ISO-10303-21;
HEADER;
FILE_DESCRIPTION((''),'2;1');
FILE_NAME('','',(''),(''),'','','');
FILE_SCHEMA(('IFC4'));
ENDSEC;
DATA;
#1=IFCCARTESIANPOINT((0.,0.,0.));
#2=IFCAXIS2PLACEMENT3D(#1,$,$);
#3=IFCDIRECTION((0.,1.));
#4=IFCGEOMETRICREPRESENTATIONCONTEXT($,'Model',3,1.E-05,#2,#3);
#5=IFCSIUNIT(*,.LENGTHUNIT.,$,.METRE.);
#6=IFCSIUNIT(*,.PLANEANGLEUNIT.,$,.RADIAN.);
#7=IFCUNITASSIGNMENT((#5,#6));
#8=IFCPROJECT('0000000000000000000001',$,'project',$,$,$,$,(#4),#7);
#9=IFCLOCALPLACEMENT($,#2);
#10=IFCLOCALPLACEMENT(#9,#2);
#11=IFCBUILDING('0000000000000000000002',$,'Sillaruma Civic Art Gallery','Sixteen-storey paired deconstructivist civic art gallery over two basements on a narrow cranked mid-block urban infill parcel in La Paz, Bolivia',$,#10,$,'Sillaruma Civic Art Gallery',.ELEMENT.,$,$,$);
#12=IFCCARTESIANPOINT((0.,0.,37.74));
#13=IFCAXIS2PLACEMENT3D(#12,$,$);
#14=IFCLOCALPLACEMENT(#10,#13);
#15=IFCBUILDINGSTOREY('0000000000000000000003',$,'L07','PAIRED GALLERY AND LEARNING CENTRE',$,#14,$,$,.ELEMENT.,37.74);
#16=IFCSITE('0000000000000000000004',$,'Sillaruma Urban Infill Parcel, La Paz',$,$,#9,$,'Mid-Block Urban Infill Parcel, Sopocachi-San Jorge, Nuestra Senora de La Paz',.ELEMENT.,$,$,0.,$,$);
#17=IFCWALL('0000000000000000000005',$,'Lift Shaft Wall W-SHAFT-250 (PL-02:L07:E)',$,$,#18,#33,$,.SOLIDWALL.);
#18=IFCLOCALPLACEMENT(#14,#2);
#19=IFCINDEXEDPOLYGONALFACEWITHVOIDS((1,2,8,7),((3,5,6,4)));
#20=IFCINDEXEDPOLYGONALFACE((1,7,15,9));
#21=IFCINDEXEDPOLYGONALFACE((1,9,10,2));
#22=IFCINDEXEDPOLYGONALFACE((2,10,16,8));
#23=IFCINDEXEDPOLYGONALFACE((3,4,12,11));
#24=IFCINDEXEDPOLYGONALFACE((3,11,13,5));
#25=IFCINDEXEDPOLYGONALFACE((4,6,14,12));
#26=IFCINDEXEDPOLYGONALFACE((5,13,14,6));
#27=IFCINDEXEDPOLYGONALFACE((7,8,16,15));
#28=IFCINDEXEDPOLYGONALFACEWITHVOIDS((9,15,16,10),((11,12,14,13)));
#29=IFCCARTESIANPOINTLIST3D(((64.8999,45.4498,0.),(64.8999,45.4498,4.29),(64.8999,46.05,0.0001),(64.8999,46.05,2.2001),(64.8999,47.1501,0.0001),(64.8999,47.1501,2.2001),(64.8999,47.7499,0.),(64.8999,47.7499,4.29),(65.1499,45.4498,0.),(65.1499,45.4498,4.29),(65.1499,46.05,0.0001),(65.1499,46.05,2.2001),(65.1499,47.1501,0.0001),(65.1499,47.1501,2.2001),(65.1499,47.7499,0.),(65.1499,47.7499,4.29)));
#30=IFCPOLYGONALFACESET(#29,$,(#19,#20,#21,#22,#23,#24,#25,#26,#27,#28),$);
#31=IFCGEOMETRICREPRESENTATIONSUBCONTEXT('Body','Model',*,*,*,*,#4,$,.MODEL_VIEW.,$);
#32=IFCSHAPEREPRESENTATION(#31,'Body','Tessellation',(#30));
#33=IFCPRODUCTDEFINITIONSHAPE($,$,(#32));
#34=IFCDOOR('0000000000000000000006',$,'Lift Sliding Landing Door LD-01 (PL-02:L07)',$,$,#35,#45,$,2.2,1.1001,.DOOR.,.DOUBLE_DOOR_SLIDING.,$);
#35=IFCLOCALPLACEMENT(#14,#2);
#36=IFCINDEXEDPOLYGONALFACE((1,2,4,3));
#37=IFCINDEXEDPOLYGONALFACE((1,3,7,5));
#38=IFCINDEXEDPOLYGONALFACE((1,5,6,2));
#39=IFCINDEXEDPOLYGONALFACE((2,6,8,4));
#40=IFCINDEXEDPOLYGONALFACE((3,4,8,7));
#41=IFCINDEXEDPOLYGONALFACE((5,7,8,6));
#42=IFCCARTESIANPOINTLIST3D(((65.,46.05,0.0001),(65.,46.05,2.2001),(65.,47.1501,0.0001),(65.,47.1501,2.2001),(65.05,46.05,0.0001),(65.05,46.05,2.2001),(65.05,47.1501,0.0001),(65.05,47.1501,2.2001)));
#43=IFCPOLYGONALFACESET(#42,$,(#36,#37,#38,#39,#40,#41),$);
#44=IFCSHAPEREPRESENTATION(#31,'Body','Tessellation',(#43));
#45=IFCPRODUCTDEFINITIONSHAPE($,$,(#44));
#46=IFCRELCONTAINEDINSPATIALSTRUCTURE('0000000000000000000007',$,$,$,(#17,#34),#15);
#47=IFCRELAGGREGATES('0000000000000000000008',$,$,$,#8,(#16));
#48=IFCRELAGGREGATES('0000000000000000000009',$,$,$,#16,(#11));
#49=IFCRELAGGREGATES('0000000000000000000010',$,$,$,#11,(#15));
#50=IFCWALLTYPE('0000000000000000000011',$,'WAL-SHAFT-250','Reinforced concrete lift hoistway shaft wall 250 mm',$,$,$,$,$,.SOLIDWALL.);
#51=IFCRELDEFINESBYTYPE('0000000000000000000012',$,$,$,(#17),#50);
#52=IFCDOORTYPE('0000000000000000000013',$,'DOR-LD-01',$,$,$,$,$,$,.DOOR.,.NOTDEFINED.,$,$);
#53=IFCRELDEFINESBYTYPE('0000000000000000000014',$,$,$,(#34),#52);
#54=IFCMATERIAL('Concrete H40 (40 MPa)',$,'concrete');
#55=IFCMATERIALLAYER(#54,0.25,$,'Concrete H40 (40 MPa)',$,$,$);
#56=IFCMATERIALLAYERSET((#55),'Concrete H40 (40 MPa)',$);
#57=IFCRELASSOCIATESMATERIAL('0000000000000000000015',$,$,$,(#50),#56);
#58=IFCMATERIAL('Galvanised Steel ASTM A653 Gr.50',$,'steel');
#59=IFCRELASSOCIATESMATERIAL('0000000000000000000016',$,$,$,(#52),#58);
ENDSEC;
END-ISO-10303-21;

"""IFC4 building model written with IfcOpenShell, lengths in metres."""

from ifc_helpers import new_model, si_unit, direction, frame, frame_2d, origin, place, context, subcontext, project, spatial, rectangle, extrude, material, layer, layer_set, type_object, element, fill, save


model = new_model("IFC4")

# Units and contexts
model_context = context("Model", 3, precision=1e-05, world=origin(), true_north=direction((0.0, 1.0)))
body_context = subcontext(model_context, "Body", "Model", "MODEL_VIEW")
ifc_project = project(units=[si_unit("LENGTHUNIT", "METRE"), si_unit("PLANEANGLEUNIT", "RADIAN")], contexts=[model_context])

# Site, building, storey
site_placement = place(None, origin())
site = spatial("IfcSite", under=ifc_project, at=site_placement, Name="Sillaruma Urban Infill Parcel, La Paz", LongName="Mid-Block Urban Infill Parcel, Sopocachi-San Jorge, Nuestra Senora de La Paz", CompositionType="ELEMENT", RefElevation=0.0)
building_placement = place(site_placement, origin())
building = spatial("IfcBuilding", under=site, at=building_placement, Name="Sillaruma Civic Art Gallery", Description="Sixteen-storey paired deconstructivist civic art gallery over two basements on a narrow cranked mid-block urban infill parcel in La Paz, Bolivia", LongName="Sillaruma Civic Art Gallery", CompositionType="ELEMENT")
storey_placement = place(building_placement, frame((0.0, 0.0, 37.74)))
storey = spatial("IfcBuildingStorey", under=building, at=storey_placement, Name="L07", Description="PAIRED GALLERY AND LEARNING CENTRE", CompositionType="ELEMENT", Elevation=37.74)

# Shared definitions
ifc_material_1 = material(Name="Concrete H40 (40 MPa)", Category="concrete")

# Wall, opening, door
ifc_layer_1 = layer(ifc_material_1, 0.25, Name="Concrete H40 (40 MPa)")
ifc_layer_set_1 = layer_set([ifc_layer_1], Name="Concrete H40 (40 MPa)")
wall_type_1 = type_object("IfcWallType", Name="WAL-SHAFT-250", Description="Reinforced concrete lift hoistway shaft wall 250 mm", PredefinedType="SOLIDWALL", material=ifc_layer_set_1)
ifc_material_2 = material(Name="Galvanised Steel ASTM A653 Gr.50", Category="steel")
door_type_1 = type_object("IfcDoorType", Name="DOR-LD-01", OperationType="NOTDEFINED", PredefinedType="DOOR", material=ifc_material_2)
wall_1_placement = place(storey_placement, frame((65.0249, 45.45, 0.0), z_axis=(0.0, 0.0, 1.0), x_axis=(0.0, 1.0, 0.0)))
wall_1 = element("IfcWall", 1, at=wall_1_placement, inside=storey, type_object=wall_type_1, Name="Lift Shaft Wall W-SHAFT-250 (PL-02:L07:E)", PredefinedType="SOLIDWALL", context=body_context, shape_type="SweptSolid", body=[
    extrude(rectangle(XDim=2.3, YDim=0.25, at=frame_2d((1.1499, 0.0))), origin(), (0.0, 0.0, 1.0), 4.29),
])
opening_1_placement = place(wall_1_placement, frame((0.6001, 0.0, 0.0)))
opening_1 = element("IfcOpeningElement", 2, at=opening_1_placement, cuts=wall_1, PredefinedType="OPENING", context=body_context, shape_type="SweptSolid", body=[
    extrude(rectangle(XDim=1.1001, YDim=2.2, at=frame_2d((0.55, 1.1001))), frame((0.0, 0.135, 0.0), z_axis=(0.0, -1.0, 0.0), x_axis=(1.0, 0.0, 0.0)), (0.0, 0.0, 1.0), 0.27),
])
door_1_placement = place(opening_1_placement, origin())
door_1 = element("IfcDoor", 3, at=door_1_placement, inside=storey, type_object=door_type_1, Name="Lift Sliding Landing Door LD-01 (PL-02:L07)", OperationType="DOUBLE_DOOR_SLIDING", OverallHeight=2.2, OverallWidth=1.1001, PredefinedType="DOOR", context=body_context, shape_type="SweptSolid", body=[
    extrude(rectangle(XDim=1.1001, YDim=2.2, at=frame_2d((0.55, 1.1001))), frame((0.0, 0.0249, 0.0), z_axis=(0.0, -1.0, 0.0), x_axis=(1.0, 0.0, 0.0)), (0.0, 0.0, 1.0), 0.05),
])
fill(opening_1, door_1)

save(model, "model.ifc")
